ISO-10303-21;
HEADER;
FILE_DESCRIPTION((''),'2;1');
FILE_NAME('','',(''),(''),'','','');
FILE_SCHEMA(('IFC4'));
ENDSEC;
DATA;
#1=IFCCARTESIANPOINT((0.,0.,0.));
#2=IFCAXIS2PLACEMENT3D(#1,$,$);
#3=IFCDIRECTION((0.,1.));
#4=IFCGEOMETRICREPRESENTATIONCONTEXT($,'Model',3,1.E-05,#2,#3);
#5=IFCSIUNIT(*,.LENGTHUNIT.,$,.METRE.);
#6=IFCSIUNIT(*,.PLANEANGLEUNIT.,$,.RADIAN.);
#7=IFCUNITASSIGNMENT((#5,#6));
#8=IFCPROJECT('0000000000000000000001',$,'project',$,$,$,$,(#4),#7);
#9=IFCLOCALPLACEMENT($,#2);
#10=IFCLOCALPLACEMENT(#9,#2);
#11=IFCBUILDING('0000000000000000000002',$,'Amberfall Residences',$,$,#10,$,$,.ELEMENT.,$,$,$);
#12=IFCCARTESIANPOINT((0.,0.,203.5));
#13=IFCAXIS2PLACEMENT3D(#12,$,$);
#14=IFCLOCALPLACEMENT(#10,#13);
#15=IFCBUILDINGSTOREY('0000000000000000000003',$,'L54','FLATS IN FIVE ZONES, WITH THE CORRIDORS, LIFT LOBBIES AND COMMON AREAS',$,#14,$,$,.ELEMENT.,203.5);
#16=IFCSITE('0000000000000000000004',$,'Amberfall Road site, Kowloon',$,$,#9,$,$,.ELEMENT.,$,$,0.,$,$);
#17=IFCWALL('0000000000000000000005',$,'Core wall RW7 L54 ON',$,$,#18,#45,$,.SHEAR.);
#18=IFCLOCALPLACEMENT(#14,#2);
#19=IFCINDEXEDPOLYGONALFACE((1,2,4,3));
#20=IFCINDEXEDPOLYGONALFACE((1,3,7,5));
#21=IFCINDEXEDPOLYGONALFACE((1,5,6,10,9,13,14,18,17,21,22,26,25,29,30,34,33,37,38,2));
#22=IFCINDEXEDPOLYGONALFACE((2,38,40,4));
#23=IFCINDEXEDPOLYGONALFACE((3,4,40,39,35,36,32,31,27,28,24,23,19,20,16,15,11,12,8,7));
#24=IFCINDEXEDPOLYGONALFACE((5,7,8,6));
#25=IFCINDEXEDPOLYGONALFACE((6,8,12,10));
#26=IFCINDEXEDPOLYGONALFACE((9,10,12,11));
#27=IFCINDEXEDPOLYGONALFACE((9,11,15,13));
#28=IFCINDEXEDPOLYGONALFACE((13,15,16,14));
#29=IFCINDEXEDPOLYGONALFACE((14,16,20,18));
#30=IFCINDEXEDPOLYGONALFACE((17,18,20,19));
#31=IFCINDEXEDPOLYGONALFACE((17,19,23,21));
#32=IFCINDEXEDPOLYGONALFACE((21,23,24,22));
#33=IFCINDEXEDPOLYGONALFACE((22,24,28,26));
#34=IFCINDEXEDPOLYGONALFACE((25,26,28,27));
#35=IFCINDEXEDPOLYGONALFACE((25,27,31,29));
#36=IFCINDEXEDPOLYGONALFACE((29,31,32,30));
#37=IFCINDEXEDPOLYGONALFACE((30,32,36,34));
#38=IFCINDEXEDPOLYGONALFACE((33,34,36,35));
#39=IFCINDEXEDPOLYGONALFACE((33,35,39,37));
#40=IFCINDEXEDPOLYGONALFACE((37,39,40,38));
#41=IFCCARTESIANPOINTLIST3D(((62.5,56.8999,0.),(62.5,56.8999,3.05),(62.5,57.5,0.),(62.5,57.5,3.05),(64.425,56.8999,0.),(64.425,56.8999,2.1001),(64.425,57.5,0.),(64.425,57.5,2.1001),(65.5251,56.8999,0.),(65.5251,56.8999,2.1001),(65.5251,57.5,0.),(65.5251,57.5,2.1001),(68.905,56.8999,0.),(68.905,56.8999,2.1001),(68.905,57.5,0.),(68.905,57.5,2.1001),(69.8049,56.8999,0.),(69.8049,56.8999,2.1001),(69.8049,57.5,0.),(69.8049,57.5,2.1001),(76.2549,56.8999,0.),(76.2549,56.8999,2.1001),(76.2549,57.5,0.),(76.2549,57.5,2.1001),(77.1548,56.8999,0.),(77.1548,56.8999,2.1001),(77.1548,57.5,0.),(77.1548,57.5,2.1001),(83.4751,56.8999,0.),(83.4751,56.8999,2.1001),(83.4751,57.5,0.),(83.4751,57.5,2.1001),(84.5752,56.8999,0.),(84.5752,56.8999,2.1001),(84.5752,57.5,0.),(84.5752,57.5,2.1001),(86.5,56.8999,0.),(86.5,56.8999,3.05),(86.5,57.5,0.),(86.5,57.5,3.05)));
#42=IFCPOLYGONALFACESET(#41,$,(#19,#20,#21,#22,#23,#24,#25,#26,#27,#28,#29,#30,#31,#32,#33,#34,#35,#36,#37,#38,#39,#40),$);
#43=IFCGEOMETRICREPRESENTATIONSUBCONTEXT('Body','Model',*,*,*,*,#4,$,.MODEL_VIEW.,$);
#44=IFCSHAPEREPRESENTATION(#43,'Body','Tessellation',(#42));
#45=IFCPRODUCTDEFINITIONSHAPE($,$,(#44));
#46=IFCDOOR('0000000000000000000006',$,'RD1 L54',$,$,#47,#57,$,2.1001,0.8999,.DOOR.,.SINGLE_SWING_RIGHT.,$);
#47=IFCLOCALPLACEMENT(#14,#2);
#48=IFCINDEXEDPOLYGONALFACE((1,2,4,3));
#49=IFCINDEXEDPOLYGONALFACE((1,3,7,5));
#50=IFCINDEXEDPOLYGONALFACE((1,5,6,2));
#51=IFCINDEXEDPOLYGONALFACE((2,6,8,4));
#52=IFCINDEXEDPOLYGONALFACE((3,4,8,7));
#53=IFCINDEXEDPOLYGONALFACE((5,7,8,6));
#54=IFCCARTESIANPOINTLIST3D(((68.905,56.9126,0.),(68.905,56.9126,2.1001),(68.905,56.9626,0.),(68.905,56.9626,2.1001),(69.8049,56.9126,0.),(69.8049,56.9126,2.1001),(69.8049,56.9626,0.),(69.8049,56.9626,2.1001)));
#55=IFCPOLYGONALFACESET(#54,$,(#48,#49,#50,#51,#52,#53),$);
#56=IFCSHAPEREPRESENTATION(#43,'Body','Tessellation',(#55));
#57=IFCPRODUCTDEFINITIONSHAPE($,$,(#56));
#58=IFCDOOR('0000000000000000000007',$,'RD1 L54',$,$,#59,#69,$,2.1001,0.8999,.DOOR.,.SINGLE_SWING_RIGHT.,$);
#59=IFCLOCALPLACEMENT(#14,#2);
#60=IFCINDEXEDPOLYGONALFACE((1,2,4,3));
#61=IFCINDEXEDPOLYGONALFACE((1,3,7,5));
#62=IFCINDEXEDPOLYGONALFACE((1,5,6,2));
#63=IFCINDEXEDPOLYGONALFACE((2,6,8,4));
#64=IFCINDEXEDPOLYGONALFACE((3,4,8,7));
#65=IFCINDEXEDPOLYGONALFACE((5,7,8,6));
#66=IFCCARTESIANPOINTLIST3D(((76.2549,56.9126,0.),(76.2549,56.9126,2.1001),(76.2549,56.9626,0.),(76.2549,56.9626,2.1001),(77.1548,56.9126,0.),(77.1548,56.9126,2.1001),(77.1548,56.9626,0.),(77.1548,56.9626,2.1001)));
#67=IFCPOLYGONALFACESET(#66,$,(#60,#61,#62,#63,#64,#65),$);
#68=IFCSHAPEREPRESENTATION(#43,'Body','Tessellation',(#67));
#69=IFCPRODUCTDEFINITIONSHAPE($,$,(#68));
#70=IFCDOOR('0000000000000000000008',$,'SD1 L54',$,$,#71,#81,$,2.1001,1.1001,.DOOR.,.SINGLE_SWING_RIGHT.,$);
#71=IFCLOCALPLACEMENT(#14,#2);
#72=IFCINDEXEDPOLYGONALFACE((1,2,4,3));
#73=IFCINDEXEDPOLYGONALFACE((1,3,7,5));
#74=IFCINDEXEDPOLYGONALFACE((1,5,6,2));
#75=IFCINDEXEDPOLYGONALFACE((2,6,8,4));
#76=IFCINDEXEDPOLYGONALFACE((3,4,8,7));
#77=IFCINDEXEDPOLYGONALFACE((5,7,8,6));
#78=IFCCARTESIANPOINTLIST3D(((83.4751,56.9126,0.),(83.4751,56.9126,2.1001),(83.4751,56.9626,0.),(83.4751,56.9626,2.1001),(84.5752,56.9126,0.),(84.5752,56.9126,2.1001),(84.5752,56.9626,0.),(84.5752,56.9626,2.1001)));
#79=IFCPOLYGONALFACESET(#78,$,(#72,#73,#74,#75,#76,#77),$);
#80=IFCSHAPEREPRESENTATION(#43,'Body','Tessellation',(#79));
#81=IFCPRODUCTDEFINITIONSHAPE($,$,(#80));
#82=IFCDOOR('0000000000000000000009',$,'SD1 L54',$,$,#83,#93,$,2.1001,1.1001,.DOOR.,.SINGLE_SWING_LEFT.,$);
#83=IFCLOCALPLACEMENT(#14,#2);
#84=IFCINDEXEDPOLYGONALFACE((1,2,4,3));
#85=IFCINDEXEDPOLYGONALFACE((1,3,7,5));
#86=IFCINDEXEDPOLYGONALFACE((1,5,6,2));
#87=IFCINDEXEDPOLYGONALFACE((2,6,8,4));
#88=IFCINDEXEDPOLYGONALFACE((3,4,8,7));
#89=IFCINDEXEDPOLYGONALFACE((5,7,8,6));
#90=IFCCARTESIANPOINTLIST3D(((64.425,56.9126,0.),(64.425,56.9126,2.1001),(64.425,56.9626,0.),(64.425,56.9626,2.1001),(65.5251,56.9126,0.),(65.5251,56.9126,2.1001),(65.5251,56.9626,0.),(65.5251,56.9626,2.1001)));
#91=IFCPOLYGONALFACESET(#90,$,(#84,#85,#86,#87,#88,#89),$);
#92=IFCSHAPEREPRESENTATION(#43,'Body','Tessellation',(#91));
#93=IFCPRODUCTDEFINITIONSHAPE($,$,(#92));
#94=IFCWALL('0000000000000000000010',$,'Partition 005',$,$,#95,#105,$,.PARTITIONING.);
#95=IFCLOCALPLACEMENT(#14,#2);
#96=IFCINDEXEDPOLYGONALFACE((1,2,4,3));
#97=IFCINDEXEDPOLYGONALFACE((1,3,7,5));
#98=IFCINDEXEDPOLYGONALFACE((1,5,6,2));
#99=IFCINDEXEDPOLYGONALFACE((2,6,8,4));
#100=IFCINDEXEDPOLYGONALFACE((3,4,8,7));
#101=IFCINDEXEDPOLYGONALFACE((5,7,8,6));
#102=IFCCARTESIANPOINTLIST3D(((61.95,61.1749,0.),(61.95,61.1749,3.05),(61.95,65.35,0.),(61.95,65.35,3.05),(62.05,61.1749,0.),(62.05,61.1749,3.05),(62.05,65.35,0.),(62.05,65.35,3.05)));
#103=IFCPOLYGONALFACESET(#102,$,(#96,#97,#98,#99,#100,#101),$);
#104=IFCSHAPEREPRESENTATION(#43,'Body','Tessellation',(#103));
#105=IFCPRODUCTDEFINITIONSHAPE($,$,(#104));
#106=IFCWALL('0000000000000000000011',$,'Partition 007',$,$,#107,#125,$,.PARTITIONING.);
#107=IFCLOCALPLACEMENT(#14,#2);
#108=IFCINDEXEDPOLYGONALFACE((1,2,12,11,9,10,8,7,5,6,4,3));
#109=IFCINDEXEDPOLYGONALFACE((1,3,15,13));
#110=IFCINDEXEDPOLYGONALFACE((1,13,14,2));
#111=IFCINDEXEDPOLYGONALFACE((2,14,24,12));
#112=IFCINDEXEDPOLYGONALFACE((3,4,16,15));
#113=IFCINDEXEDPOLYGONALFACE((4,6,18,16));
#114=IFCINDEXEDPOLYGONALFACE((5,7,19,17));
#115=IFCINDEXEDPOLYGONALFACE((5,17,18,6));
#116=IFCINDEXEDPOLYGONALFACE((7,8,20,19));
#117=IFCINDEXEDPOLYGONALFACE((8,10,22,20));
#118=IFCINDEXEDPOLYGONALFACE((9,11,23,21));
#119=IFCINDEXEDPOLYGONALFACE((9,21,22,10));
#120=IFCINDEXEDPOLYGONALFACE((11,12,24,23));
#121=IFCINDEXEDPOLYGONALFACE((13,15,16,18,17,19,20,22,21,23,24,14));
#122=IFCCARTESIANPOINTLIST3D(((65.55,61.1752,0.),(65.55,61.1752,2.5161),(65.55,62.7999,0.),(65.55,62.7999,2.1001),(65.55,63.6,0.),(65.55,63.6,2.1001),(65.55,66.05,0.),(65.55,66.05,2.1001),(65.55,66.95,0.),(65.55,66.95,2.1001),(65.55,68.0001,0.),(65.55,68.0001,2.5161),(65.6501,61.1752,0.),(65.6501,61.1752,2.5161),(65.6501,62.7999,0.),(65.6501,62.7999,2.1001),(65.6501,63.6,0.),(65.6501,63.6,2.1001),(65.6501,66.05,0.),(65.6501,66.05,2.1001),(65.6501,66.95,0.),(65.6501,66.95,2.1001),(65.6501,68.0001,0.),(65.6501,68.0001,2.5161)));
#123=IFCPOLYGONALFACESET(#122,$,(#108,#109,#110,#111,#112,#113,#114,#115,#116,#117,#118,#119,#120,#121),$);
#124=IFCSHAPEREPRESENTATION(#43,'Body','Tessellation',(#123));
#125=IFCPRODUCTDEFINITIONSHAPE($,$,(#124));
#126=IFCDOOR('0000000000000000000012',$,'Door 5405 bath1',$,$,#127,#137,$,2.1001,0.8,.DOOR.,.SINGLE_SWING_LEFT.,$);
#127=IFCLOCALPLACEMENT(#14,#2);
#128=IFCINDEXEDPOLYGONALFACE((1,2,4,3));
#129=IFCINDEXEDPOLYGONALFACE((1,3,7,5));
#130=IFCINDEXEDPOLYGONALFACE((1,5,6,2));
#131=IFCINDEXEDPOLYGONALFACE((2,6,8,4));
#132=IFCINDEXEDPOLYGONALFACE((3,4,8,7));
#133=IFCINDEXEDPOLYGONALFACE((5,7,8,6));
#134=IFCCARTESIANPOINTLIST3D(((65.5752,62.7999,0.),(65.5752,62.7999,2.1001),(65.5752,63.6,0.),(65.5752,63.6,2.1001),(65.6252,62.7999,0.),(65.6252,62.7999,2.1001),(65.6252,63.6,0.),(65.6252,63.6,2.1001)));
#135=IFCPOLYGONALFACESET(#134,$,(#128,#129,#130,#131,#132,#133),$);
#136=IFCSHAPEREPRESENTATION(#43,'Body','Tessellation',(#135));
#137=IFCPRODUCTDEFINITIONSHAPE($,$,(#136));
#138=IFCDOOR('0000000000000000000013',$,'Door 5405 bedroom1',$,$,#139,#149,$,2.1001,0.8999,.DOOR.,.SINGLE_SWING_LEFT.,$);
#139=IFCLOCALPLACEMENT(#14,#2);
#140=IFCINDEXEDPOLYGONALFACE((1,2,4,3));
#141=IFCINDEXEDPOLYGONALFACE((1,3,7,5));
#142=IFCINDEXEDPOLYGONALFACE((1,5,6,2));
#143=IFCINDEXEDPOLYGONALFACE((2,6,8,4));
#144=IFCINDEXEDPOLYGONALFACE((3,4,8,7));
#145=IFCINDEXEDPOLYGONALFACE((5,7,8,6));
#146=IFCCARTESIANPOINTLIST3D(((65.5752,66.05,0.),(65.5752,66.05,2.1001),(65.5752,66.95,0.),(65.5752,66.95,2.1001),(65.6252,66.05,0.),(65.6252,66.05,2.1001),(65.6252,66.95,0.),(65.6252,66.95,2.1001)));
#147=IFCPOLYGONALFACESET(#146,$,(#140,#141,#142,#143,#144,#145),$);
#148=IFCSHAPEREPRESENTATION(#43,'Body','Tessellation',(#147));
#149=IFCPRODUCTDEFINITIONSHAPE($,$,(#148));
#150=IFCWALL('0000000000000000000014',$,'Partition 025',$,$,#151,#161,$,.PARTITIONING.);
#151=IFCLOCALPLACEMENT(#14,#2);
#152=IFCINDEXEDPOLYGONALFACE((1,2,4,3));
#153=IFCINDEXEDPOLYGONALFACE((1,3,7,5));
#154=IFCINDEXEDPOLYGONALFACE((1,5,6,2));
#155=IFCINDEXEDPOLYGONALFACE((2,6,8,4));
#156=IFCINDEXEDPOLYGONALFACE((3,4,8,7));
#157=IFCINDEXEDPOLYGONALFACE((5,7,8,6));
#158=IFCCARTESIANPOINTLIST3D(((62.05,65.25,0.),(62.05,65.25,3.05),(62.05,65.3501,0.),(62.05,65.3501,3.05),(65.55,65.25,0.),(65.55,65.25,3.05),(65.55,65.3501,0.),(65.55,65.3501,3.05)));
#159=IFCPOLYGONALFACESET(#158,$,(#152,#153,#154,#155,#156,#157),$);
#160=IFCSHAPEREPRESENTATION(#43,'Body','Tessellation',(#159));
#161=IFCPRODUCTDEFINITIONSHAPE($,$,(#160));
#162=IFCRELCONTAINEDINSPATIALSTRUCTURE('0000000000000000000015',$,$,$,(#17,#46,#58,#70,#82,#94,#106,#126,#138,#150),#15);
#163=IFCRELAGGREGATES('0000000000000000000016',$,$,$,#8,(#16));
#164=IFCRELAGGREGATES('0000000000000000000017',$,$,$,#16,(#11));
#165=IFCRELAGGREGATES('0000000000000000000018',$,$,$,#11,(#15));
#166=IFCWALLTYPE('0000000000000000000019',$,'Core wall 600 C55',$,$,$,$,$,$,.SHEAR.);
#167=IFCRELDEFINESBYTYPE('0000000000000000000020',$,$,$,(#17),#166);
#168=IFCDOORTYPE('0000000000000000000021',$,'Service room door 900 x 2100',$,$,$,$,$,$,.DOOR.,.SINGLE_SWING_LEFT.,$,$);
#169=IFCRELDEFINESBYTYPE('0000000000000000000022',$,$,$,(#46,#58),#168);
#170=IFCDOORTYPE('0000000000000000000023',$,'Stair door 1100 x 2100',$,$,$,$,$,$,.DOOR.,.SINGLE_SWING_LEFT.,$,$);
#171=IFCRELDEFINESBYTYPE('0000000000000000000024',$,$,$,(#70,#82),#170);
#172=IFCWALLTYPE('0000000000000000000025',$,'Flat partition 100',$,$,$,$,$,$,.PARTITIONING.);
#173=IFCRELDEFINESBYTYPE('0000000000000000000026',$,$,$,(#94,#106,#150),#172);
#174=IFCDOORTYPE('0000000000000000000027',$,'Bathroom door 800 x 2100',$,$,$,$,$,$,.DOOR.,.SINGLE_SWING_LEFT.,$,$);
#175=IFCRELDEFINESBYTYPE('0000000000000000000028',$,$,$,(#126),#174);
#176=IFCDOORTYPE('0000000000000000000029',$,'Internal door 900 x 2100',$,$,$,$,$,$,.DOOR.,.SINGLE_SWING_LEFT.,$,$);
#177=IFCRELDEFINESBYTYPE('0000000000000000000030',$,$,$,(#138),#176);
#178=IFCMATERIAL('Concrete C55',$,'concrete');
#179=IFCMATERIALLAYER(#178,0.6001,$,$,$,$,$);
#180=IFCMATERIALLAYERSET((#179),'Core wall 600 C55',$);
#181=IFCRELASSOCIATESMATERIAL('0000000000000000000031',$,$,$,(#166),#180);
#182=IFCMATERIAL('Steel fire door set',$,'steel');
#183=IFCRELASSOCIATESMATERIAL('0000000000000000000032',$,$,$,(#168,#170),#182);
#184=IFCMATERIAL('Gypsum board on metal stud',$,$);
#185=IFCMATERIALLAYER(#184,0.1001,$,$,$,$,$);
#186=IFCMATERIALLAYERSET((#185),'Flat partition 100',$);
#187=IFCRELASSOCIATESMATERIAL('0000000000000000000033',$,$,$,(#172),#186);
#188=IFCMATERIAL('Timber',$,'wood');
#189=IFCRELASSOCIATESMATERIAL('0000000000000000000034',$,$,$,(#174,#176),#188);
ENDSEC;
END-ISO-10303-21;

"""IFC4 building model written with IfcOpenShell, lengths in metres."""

from ifc_helpers import new_model, si_unit, direction, frame, frame_2d, origin, place, context, subcontext, project, spatial, rectangle, extrude, material, layer, layer_set, type_object, element, fill, save


model = new_model("IFC4")

# Units and contexts
model_context = context("Model", 3, precision=1e-05, world=origin(), true_north=direction((0.0, 1.0)))
body_context = subcontext(model_context, "Body", "Model", "MODEL_VIEW")
ifc_project = project(units=[si_unit("LENGTHUNIT", "METRE"), si_unit("PLANEANGLEUNIT", "RADIAN")], contexts=[model_context])

# Site, building, storey
site_placement = place(None, origin())
site = spatial("IfcSite", under=ifc_project, at=site_placement, Name="Amberfall Road site, Kowloon", CompositionType="ELEMENT", RefElevation=0.0)
building_placement = place(site_placement, origin())
building = spatial("IfcBuilding", under=site, at=building_placement, Name="Amberfall Residences", CompositionType="ELEMENT")
storey_placement = place(building_placement, frame((0.0, 0.0, 203.5)))
storey = spatial("IfcBuildingStorey", under=building, at=storey_placement, Name="L54", Description="FLATS IN FIVE ZONES, WITH THE CORRIDORS, LIFT LOBBIES AND COMMON AREAS", CompositionType="ELEMENT", Elevation=203.5)

# Wall, openings, doors
ifc_material_1 = material(Name="Concrete C55", Category="concrete")
ifc_layer_1 = layer(ifc_material_1, 0.6001)
ifc_layer_set_1 = layer_set([ifc_layer_1], Name="Core wall 600 C55")
wall_type_1 = type_object("IfcWallType", Name="Core wall 600 C55", PredefinedType="SHEAR", material=ifc_layer_set_1)
wall_1_placement = place(storey_placement, frame((62.5, 57.2, 0.0), z_axis=(0.0, 0.0, 1.0), x_axis=(1.0, 0.0, 0.0)))
wall_1 = element("IfcWall", 1, at=wall_1_placement, inside=storey, type_object=wall_type_1, Name="Core wall RW7 L54 ON", PredefinedType="SHEAR", context=body_context, shape_type="SweptSolid", body=[
    extrude(rectangle(XDim=24.0, YDim=0.6001, at=frame_2d((12.0, 0.0))), origin(), (0.0, 0.0, 1.0), 3.05),
])
opening_1_placement = place(wall_1_placement, frame((20.9751, 0.0, 0.0)))
opening_1 = element("IfcOpeningElement", 2, at=opening_1_placement, cuts=wall_1, PredefinedType="OPENING", context=body_context, shape_type="SweptSolid", body=[
    extrude(rectangle(XDim=1.1001, YDim=2.1001, at=frame_2d((0.55, 1.05))), frame((0.0, 0.3101, 0.0), z_axis=(0.0, -1.0, 0.0), x_axis=(1.0, 0.0, 0.0)), (0.0, 0.0, 1.0), 0.6201),
])
opening_2_placement = place(wall_1_placement, frame((1.925, 0.0, 0.0)))
opening_2 = element("IfcOpeningElement", 3, at=opening_2_placement, cuts=wall_1, PredefinedType="OPENING", context=body_context, shape_type="SweptSolid", body=[
    extrude(rectangle(XDim=1.1001, YDim=2.1001, at=frame_2d((0.55, 1.05))), frame((0.0, 0.3101, 0.0), z_axis=(0.0, -1.0, 0.0), x_axis=(1.0, 0.0, 0.0)), (0.0, 0.0, 1.0), 0.6201),
])
opening_3_placement = place(wall_1_placement, frame((6.405, 0.0, 0.0)))
opening_3 = element("IfcOpeningElement", 4, at=opening_3_placement, cuts=wall_1, PredefinedType="OPENING", context=body_context, shape_type="SweptSolid", body=[
    extrude(rectangle(XDim=0.8999, YDim=2.1001, at=frame_2d((0.45, 1.05))), frame((0.0, 0.3101, 0.0), z_axis=(0.0, -1.0, 0.0), x_axis=(1.0, 0.0, 0.0)), (0.0, 0.0, 1.0), 0.6201),
])
opening_4_placement = place(wall_1_placement, frame((13.7549, 0.0, 0.0)))
opening_4 = element("IfcOpeningElement", 5, at=opening_4_placement, cuts=wall_1, PredefinedType="OPENING", context=body_context, shape_type="SweptSolid", body=[
    extrude(rectangle(XDim=0.8999, YDim=2.1001, at=frame_2d((0.45, 1.05))), frame((0.0, 0.3101, 0.0), z_axis=(0.0, -1.0, 0.0), x_axis=(1.0, 0.0, 0.0)), (0.0, 0.0, 1.0), 0.6201),
])
ifc_material_2 = material(Name="Steel fire door set", Category="steel")
door_type_1 = type_object("IfcDoorType", Name="Service room door 900 x 2100", OperationType="SINGLE_SWING_LEFT", PredefinedType="DOOR", material=ifc_material_2)
door_1_placement = place(opening_3_placement, origin())
door_1 = element("IfcDoor", 6, at=door_1_placement, inside=storey, type_object=door_type_1, Name="RD1 L54", OperationType="SINGLE_SWING_RIGHT", OverallHeight=2.1001, OverallWidth=0.8999, PredefinedType="DOOR", context=body_context, shape_type="SweptSolid", body=[
    extrude(rectangle(XDim=0.8999, YDim=2.1001, at=frame_2d((0.45, 1.05))), frame((0.0, -0.2373, 0.0), z_axis=(0.0, -1.0, 0.0), x_axis=(1.0, 0.0, 0.0)), (0.0, 0.0, 1.0), 0.05),
])
fill(opening_3, door_1)
door_2_placement = place(opening_4_placement, origin())
door_2 = element("IfcDoor", 7, at=door_2_placement, inside=storey, type_object=door_type_1, Name="RD1 L54", OperationType="SINGLE_SWING_RIGHT", OverallHeight=2.1001, OverallWidth=0.8999, PredefinedType="DOOR", context=body_context, shape_type="SweptSolid", body=[
    extrude(rectangle(XDim=0.8999, YDim=2.1001, at=frame_2d((0.45, 1.05))), frame((0.0, -0.2373, 0.0), z_axis=(0.0, -1.0, 0.0), x_axis=(1.0, 0.0, 0.0)), (0.0, 0.0, 1.0), 0.05),
])
fill(opening_4, door_2)
door_type_2 = type_object("IfcDoorType", Name="Stair door 1100 x 2100", OperationType="SINGLE_SWING_LEFT", PredefinedType="DOOR", material=ifc_material_2)
door_3_placement = place(opening_1_placement, origin())
door_3 = element("IfcDoor", 8, at=door_3_placement, inside=storey, type_object=door_type_2, Name="SD1 L54", OperationType="SINGLE_SWING_RIGHT", OverallHeight=2.1001, OverallWidth=1.1001, PredefinedType="DOOR", context=body_context, shape_type="SweptSolid", body=[
    extrude(rectangle(XDim=1.1001, YDim=2.1001, at=frame_2d((0.55, 1.05))), frame((0.0, -0.2373, 0.0), z_axis=(0.0, -1.0, 0.0), x_axis=(1.0, 0.0, 0.0)), (0.0, 0.0, 1.0), 0.05),
])
fill(opening_1, door_3)
door_4_placement = place(opening_2_placement, origin())
door_4 = element("IfcDoor", 9, at=door_4_placement, inside=storey, type_object=door_type_2, Name="SD1 L54", OperationType="SINGLE_SWING_LEFT", OverallHeight=2.1001, OverallWidth=1.1001, PredefinedType="DOOR", context=body_context, shape_type="SweptSolid", body=[
    extrude(rectangle(XDim=1.1001, YDim=2.1001, at=frame_2d((0.55, 1.05))), frame((0.0, -0.2373, 0.0), z_axis=(0.0, -1.0, 0.0), x_axis=(1.0, 0.0, 0.0)), (0.0, 0.0, 1.0), 0.05),
])
fill(opening_2, door_4)

# Wall
ifc_material_3 = material(Name="Gypsum board on metal stud")
ifc_layer_2 = layer(ifc_material_3, 0.1001)
ifc_layer_set_2 = layer_set([ifc_layer_2], Name="Flat partition 100")
wall_type_2 = type_object("IfcWallType", Name="Flat partition 100", PredefinedType="PARTITIONING", material=ifc_layer_set_2)
wall_2_placement = place(storey_placement, frame((62.0, 61.175, 0.0), z_axis=(0.0, 0.0, 1.0), x_axis=(0.0, 1.0, 0.0)))
element("IfcWall", 10, at=wall_2_placement, inside=storey, type_object=wall_type_2, Name="Partition 005", PredefinedType="PARTITIONING", context=body_context, shape_type="SweptSolid", body=[
    extrude(rectangle(XDim=4.175, YDim=0.1001, at=frame_2d((2.0874, 0.0))), origin(), (0.0, 0.0, 1.0), 3.05),
])

# Wall, openings, doors
wall_3_placement = place(storey_placement, frame((65.6001, 61.175, 0.0), z_axis=(0.0, 0.0, 1.0), x_axis=(0.0, 1.0, 0.0)))
wall_3 = element("IfcWall", 11, at=wall_3_placement, inside=storey, type_object=wall_type_2, Name="Partition 007", PredefinedType="PARTITIONING", context=body_context, shape_type="SweptSolid", body=[
    extrude(rectangle(XDim=6.825, YDim=0.1001, at=frame_2d((3.4126, 0.0))), origin(), (0.0, 0.0, 1.0), 2.5161),
])
opening_5_placement = place(wall_3_placement, frame((4.875, 0.0, 0.0)))
opening_5 = element("IfcOpeningElement", 12, at=opening_5_placement, cuts=wall_3, PredefinedType="OPENING", context=body_context, shape_type="SweptSolid", body=[
    extrude(rectangle(XDim=0.8999, YDim=2.1001, at=frame_2d((0.45, 1.05))), frame((0.0, 0.0601, 0.0), z_axis=(0.0, -1.0, 0.0), x_axis=(1.0, 0.0, 0.0)), (0.0, 0.0, 1.0), 0.1201),
])
opening_6_placement = place(wall_3_placement, frame((1.625, 0.0, 0.0)))
opening_6 = element("IfcOpeningElement", 13, at=opening_6_placement, cuts=wall_3, PredefinedType="OPENING", context=body_context, shape_type="SweptSolid", body=[
    extrude(rectangle(XDim=0.8, YDim=2.1001, at=frame_2d((0.3999, 1.05))), frame((0.0, 0.0601, 0.0), z_axis=(0.0, -1.0, 0.0), x_axis=(1.0, 0.0, 0.0)), (0.0, 0.0, 1.0), 0.1201),
])
ifc_material_4 = material(Name="Timber", Category="wood")
door_type_3 = type_object("IfcDoorType", Name="Bathroom door 800 x 2100", OperationType="SINGLE_SWING_LEFT", PredefinedType="DOOR", material=ifc_material_4)
door_5_placement = place(opening_6_placement, origin())
door_5 = element("IfcDoor", 14, at=door_5_placement, inside=storey, type_object=door_type_3, Name="Door 5405 bath1", OperationType="SINGLE_SWING_LEFT", OverallHeight=2.1001, OverallWidth=0.8, PredefinedType="DOOR", context=body_context, shape_type="SweptSolid", body=[
    extrude(rectangle(XDim=0.8, YDim=2.1001, at=frame_2d((0.3999, 1.05))), frame((0.0, 0.0249, 0.0), z_axis=(0.0, -1.0, 0.0), x_axis=(1.0, 0.0, 0.0)), (0.0, 0.0, 1.0), 0.05),
])
fill(opening_6, door_5)
door_type_4 = type_object("IfcDoorType", Name="Internal door 900 x 2100", OperationType="SINGLE_SWING_LEFT", PredefinedType="DOOR", material=ifc_material_4)
door_6_placement = place(opening_5_placement, origin())
door_6 = element("IfcDoor", 15, at=door_6_placement, inside=storey, type_object=door_type_4, Name="Door 5405 bedroom1", OperationType="SINGLE_SWING_LEFT", OverallHeight=2.1001, OverallWidth=0.8999, PredefinedType="DOOR", context=body_context, shape_type="SweptSolid", body=[
    extrude(rectangle(XDim=0.8999, YDim=2.1001, at=frame_2d((0.45, 1.05))), frame((0.0, 0.0249, 0.0), z_axis=(0.0, -1.0, 0.0), x_axis=(1.0, 0.0, 0.0)), (0.0, 0.0, 1.0), 0.05),
])
fill(opening_5, door_6)

# Wall
wall_4_placement = place(storey_placement, frame((62.05, 65.3, 0.0), z_axis=(0.0, 0.0, 1.0), x_axis=(1.0, 0.0, 0.0)))
element("IfcWall", 16, at=wall_4_placement, inside=storey, type_object=wall_type_2, Name="Partition 025", PredefinedType="PARTITIONING", context=body_context, shape_type="SweptSolid", body=[
    extrude(rectangle(XDim=3.5, YDim=0.1001, at=frame_2d((1.75, 0.0))), origin(), (0.0, 0.0, 1.0), 3.05),
])

save(model, "model.ifc")
